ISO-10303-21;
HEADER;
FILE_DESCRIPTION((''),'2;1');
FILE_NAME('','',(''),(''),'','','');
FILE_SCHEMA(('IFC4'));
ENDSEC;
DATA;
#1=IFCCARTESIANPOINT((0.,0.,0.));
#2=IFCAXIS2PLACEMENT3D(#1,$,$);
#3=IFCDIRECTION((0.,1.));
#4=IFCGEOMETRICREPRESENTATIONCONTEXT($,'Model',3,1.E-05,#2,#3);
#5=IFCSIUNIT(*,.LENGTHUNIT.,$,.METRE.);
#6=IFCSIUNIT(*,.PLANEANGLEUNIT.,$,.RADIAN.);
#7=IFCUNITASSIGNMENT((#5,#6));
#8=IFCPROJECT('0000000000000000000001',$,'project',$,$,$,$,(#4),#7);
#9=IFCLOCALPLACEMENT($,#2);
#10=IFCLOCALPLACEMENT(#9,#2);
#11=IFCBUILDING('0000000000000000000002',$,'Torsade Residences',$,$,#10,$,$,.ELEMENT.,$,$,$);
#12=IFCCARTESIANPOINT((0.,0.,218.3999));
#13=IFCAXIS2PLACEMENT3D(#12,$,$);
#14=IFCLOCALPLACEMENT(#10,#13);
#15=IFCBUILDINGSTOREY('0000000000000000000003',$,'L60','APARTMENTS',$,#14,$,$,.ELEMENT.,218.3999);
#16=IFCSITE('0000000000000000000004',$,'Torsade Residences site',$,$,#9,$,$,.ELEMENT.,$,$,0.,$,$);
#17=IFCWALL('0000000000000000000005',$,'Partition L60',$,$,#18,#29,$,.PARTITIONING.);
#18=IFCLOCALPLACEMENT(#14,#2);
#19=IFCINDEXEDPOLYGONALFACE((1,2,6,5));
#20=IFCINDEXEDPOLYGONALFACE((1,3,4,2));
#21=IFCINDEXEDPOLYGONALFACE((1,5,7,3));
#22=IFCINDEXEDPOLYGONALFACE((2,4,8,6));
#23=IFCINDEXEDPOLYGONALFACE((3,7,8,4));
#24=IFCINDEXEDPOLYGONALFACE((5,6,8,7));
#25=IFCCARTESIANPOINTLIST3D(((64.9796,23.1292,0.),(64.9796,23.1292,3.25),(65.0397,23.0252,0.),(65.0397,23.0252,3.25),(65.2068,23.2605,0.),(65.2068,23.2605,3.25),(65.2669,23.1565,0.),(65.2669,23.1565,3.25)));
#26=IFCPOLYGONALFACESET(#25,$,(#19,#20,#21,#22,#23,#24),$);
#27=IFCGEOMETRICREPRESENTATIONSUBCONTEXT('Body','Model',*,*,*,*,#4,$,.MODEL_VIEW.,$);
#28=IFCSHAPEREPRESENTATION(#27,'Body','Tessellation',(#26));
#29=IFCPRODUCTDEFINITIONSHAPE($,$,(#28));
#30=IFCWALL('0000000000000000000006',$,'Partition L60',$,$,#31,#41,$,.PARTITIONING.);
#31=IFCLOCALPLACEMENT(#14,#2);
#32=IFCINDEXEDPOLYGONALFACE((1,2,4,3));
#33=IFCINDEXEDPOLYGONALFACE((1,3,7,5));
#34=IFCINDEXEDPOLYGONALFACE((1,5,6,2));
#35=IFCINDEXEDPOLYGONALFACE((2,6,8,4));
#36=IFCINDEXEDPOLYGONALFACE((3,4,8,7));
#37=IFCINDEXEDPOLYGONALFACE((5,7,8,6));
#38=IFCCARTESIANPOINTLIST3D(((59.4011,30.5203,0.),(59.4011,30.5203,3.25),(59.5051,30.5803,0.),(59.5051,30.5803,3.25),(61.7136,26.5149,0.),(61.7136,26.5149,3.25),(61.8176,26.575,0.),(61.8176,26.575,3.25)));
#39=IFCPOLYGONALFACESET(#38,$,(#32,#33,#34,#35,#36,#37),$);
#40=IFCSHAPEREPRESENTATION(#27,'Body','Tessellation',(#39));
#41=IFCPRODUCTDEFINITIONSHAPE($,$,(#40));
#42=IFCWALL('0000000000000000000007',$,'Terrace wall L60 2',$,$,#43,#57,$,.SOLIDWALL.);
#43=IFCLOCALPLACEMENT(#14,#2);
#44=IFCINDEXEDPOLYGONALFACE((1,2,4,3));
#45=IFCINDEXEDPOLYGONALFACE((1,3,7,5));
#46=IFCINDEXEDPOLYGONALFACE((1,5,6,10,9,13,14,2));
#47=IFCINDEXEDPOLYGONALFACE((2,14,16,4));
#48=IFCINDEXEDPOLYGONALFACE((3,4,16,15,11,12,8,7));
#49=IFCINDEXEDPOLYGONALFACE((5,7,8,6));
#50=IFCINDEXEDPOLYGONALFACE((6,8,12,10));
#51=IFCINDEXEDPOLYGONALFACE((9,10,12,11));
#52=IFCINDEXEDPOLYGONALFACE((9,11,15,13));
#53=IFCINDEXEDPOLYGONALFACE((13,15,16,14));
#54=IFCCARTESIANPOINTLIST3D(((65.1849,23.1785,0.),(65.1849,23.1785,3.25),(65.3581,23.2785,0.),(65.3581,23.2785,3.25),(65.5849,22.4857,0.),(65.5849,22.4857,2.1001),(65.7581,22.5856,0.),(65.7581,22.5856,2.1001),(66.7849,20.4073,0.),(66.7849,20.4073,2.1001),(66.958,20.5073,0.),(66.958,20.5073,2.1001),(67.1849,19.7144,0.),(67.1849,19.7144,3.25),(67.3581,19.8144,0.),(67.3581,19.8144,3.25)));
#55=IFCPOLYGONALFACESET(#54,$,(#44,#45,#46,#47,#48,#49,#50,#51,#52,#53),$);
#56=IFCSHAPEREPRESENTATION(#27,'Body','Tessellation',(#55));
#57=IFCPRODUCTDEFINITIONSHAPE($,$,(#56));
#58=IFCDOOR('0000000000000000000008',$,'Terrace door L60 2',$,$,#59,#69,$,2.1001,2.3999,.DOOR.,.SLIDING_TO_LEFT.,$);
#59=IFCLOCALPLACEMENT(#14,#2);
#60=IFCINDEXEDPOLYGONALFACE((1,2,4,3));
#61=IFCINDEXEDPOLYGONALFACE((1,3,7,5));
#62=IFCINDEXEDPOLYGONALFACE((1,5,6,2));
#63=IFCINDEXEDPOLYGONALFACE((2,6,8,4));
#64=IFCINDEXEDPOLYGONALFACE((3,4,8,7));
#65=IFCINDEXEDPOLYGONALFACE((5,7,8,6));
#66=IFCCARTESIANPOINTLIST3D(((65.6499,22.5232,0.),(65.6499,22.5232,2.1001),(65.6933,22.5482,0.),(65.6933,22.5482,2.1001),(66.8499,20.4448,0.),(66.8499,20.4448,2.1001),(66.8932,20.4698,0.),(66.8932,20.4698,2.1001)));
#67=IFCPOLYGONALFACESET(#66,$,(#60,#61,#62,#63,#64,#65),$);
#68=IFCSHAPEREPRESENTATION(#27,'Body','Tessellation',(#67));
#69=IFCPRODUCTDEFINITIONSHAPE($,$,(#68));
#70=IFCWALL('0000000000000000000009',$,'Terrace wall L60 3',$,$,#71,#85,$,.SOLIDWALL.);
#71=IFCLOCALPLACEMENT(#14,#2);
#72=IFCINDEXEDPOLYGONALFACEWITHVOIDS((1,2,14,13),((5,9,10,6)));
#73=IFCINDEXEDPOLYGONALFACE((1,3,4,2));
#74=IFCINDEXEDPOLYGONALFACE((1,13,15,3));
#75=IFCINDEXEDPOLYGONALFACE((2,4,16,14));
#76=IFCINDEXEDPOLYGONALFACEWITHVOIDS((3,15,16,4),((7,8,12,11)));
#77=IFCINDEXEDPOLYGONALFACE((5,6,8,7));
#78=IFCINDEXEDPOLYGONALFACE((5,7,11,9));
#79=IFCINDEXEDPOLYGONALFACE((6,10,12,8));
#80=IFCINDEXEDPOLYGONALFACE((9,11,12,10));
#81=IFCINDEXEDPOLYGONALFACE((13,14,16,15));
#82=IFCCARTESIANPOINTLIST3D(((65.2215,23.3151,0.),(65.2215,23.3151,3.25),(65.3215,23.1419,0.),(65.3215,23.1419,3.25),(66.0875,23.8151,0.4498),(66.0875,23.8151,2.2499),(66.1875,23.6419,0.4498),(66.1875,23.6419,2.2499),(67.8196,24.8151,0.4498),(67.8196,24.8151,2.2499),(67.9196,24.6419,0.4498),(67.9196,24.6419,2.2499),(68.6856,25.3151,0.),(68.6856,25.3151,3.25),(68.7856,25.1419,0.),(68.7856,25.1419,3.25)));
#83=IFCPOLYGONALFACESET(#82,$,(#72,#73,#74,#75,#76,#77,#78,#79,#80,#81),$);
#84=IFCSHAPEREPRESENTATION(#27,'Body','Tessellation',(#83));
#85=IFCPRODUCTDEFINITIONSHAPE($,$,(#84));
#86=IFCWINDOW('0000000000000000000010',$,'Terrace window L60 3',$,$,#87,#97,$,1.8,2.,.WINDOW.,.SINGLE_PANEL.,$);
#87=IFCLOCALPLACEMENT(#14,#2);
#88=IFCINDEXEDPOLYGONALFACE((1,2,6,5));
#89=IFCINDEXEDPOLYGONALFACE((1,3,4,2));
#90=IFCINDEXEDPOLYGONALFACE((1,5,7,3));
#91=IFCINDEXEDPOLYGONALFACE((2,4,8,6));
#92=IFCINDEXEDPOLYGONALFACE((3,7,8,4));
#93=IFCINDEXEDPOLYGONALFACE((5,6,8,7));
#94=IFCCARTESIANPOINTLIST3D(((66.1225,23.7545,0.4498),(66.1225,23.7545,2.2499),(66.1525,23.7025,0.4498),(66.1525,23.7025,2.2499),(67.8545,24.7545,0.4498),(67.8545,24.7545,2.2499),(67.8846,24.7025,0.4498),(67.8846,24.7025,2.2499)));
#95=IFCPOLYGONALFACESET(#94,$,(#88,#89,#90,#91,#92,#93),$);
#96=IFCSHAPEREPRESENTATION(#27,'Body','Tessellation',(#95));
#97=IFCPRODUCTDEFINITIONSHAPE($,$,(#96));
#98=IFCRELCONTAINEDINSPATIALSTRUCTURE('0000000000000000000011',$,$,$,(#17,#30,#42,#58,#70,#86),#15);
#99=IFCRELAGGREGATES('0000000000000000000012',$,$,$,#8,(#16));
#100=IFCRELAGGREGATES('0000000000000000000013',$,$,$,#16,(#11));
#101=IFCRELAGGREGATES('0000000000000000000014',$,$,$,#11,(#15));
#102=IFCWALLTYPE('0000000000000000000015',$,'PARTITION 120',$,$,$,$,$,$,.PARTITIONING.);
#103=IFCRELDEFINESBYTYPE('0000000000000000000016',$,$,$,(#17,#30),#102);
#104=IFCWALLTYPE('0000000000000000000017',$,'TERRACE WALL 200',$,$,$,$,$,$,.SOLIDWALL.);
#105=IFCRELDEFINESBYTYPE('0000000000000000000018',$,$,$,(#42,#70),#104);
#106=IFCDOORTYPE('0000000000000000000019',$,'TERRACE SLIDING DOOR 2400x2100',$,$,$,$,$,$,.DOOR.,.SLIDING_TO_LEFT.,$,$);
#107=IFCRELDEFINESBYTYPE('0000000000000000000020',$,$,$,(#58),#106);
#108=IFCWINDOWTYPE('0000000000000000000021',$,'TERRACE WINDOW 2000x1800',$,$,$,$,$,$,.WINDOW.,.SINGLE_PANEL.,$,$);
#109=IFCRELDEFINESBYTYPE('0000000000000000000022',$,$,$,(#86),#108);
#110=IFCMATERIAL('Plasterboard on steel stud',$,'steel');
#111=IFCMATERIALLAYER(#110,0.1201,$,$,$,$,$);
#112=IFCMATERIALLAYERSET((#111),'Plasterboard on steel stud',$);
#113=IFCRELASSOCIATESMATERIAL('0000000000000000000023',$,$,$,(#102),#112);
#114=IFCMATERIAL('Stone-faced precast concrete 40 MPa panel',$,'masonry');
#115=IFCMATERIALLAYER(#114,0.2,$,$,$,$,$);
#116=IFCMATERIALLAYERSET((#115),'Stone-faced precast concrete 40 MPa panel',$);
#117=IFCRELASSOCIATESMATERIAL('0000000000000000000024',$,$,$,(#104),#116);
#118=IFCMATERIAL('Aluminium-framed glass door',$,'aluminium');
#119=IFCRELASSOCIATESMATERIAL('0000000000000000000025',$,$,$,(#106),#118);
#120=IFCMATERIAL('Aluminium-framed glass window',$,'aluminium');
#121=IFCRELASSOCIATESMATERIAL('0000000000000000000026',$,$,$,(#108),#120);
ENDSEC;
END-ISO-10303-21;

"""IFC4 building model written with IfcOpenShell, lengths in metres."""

from ifc_helpers import new_model, si_unit, direction, frame, frame_2d, origin, place, context, subcontext, project, spatial, rectangle, extrude, material, layer, layer_set, type_object, element, fill, save


model = new_model("IFC4")

# Units and contexts
model_context = context("Model", 3, precision=1e-05, world=origin(), true_north=direction((0.0, 1.0)))
body_context = subcontext(model_context, "Body", "Model", "MODEL_VIEW")
ifc_project = project(units=[si_unit("LENGTHUNIT", "METRE"), si_unit("PLANEANGLEUNIT", "RADIAN")], contexts=[model_context])

# Site, building, storey
site_placement = place(None, origin())
site = spatial("IfcSite", under=ifc_project, at=site_placement, Name="Torsade Residences site", CompositionType="ELEMENT", RefElevation=0.0)
building_placement = place(site_placement, origin())
building = spatial("IfcBuilding", under=site, at=building_placement, Name="Torsade Residences", CompositionType="ELEMENT")
storey_placement = place(building_placement, frame((0.0, 0.0, 218.3999)))
storey = spatial("IfcBuildingStorey", under=building, at=storey_placement, Name="L60", Description="APARTMENTS", CompositionType="ELEMENT", Elevation=218.3999)

# Walls
ifc_material_1 = material(Name="Plasterboard on steel stud", Category="steel")
ifc_layer_1 = layer(ifc_material_1, 0.1201)
ifc_layer_set_1 = layer_set([ifc_layer_1], Name="Plasterboard on steel stud")
wall_type_1 = type_object("IfcWallType", Name="PARTITION 120", PredefinedType="PARTITIONING", material=ifc_layer_set_1)
wall_1_placement = place(storey_placement, frame((65.0095, 23.0771, 0.0), z_axis=(0.0, 0.0, 1.0), x_axis=(0.865829, 0.50034, 0.0)))
element("IfcWall", 1, at=wall_1_placement, inside=storey, type_object=wall_type_1, Name="Partition L60", PredefinedType="PARTITIONING", context=body_context, shape_type="SweptSolid", body=[
    extrude(rectangle(XDim=0.2625, YDim=0.1201, at=frame_2d((0.1313, 0.0))), origin(), (0.0, 0.0, 1.0), 3.25),
])
wall_2_placement = place(storey_placement, frame((61.7656, 26.5449, 0.0), z_axis=(0.0, 0.0, 1.0), x_axis=(-0.5, 0.866026, 0.0)))
element("IfcWall", 2, at=wall_2_placement, inside=storey, type_object=wall_type_1, Name="Partition L60", PredefinedType="PARTITIONING", context=body_context, shape_type="SweptSolid", body=[
    extrude(rectangle(XDim=4.625, YDim=0.1201, at=frame_2d((2.3125, 0.0))), origin(), (0.0, 0.0, 1.0), 3.25),
])

# Wall, opening, door
ifc_material_2 = material(Name="Stone-faced precast concrete 40 MPa panel", Category="masonry")
ifc_layer_2 = layer(ifc_material_2, 0.2)
ifc_layer_set_2 = layer_set([ifc_layer_2], Name="Stone-faced precast concrete 40 MPa panel")
wall_type_2 = type_object("IfcWallType", Name="TERRACE WALL 200", PredefinedType="SOLIDWALL", material=ifc_layer_set_2)
wall_3_placement = place(storey_placement, frame((67.2715, 19.7644, 0.0), z_axis=(0.0, 0.0, 1.0), x_axis=(-0.499999, 0.866026, 0.0)))
wall_3 = element("IfcWall", 3, at=wall_3_placement, inside=storey, type_object=wall_type_2, Name="Terrace wall L60 2", PredefinedType="SOLIDWALL", context=body_context, shape_type="SweptSolid", body=[
    extrude(rectangle(XDim=4.0, YDim=0.2, at=frame_2d((2.0, 0.0))), origin(), (0.0, 0.0, 1.0), 3.25),
])
opening_1_placement = place(wall_3_placement, frame((0.8, 0.0, 0.0)))
opening_1 = element("IfcOpeningElement", 4, at=opening_1_placement, cuts=wall_3, PredefinedType="OPENING", context=body_context, shape_type="SweptSolid", body=[
    extrude(rectangle(XDim=2.3999, YDim=2.1001, at=frame_2d((1.2, 1.05))), frame((0.0, 0.1099, 0.0), z_axis=(0.0, -1.0, 0.0), x_axis=(1.0, 0.0, 0.0)), (0.0, 0.0, 1.0), 0.22),
])
ifc_material_3 = material(Name="Aluminium-framed glass door", Category="aluminium")
door_type = type_object("IfcDoorType", Name="TERRACE SLIDING DOOR 2400x2100", OperationType="SLIDING_TO_LEFT", PredefinedType="DOOR", material=ifc_material_3)
door_placement = place(opening_1_placement, origin())
door = element("IfcDoor", 5, at=door_placement, inside=storey, type_object=door_type, Name="Terrace door L60 2", OperationType="SLIDING_TO_LEFT", OverallHeight=2.1001, OverallWidth=2.3999, PredefinedType="DOOR", context=body_context, shape_type="SweptSolid", body=[
    extrude(rectangle(XDim=2.3999, YDim=2.1001, at=frame_2d((1.2, 1.05))), frame((0.0, 0.0249, 0.0), z_axis=(0.0, -1.0, 0.0), x_axis=(1.0, 0.0, 0.0)), (0.0, 0.0, 1.0), 0.05),
])
fill(opening_1, door)

# Wall, opening, window
wall_4_placement = place(storey_placement, frame((65.2715, 23.2285, 0.0), z_axis=(0.0, 0.0, 1.0), x_axis=(0.866026, 0.499999, 0.0)))
wall_4 = element("IfcWall", 6, at=wall_4_placement, inside=storey, type_object=wall_type_2, Name="Terrace wall L60 3", PredefinedType="SOLIDWALL", context=body_context, shape_type="SweptSolid", body=[
    extrude(rectangle(XDim=4.0, YDim=0.2, at=frame_2d((2.0, 0.0))), origin(), (0.0, 0.0, 1.0), 3.25),
])
opening_2_placement = place(wall_4_placement, frame((1.0, 0.0, 0.45)))
opening_2 = element("IfcOpeningElement", 7, at=opening_2_placement, cuts=wall_4, PredefinedType="OPENING", context=body_context, shape_type="SweptSolid", body=[
    extrude(rectangle(XDim=2.0, YDim=1.8, at=frame_2d((1.0, 0.8999))), frame((0.0, 0.1099, 0.0), z_axis=(0.0, -1.0, 0.0), x_axis=(1.0, 0.0, 0.0)), (0.0, 0.0, 1.0), 0.22),
])
ifc_material_4 = material(Name="Aluminium-framed glass window", Category="aluminium")
window_type = type_object("IfcWindowType", Name="TERRACE WINDOW 2000x1800", PartitioningType="SINGLE_PANEL", PredefinedType="WINDOW", material=ifc_material_4)
window_placement = place(opening_2_placement, origin())
window = element("IfcWindow", 8, at=window_placement, inside=storey, type_object=window_type, Name="Terrace window L60 3", OverallHeight=1.8, OverallWidth=2.0, PartitioningType="SINGLE_PANEL", PredefinedType="WINDOW", context=body_context, shape_type="SweptSolid", body=[
    extrude(rectangle(XDim=2.0, YDim=1.8, at=frame_2d((1.0, 0.8999))), frame((0.0, 0.03, 0.0), z_axis=(0.0, -1.0, 0.0), x_axis=(1.0, 0.0, 0.0)), (0.0, 0.0, 1.0), 0.0601),
])
fill(opening_2, window)

save(model, "model.ifc")
